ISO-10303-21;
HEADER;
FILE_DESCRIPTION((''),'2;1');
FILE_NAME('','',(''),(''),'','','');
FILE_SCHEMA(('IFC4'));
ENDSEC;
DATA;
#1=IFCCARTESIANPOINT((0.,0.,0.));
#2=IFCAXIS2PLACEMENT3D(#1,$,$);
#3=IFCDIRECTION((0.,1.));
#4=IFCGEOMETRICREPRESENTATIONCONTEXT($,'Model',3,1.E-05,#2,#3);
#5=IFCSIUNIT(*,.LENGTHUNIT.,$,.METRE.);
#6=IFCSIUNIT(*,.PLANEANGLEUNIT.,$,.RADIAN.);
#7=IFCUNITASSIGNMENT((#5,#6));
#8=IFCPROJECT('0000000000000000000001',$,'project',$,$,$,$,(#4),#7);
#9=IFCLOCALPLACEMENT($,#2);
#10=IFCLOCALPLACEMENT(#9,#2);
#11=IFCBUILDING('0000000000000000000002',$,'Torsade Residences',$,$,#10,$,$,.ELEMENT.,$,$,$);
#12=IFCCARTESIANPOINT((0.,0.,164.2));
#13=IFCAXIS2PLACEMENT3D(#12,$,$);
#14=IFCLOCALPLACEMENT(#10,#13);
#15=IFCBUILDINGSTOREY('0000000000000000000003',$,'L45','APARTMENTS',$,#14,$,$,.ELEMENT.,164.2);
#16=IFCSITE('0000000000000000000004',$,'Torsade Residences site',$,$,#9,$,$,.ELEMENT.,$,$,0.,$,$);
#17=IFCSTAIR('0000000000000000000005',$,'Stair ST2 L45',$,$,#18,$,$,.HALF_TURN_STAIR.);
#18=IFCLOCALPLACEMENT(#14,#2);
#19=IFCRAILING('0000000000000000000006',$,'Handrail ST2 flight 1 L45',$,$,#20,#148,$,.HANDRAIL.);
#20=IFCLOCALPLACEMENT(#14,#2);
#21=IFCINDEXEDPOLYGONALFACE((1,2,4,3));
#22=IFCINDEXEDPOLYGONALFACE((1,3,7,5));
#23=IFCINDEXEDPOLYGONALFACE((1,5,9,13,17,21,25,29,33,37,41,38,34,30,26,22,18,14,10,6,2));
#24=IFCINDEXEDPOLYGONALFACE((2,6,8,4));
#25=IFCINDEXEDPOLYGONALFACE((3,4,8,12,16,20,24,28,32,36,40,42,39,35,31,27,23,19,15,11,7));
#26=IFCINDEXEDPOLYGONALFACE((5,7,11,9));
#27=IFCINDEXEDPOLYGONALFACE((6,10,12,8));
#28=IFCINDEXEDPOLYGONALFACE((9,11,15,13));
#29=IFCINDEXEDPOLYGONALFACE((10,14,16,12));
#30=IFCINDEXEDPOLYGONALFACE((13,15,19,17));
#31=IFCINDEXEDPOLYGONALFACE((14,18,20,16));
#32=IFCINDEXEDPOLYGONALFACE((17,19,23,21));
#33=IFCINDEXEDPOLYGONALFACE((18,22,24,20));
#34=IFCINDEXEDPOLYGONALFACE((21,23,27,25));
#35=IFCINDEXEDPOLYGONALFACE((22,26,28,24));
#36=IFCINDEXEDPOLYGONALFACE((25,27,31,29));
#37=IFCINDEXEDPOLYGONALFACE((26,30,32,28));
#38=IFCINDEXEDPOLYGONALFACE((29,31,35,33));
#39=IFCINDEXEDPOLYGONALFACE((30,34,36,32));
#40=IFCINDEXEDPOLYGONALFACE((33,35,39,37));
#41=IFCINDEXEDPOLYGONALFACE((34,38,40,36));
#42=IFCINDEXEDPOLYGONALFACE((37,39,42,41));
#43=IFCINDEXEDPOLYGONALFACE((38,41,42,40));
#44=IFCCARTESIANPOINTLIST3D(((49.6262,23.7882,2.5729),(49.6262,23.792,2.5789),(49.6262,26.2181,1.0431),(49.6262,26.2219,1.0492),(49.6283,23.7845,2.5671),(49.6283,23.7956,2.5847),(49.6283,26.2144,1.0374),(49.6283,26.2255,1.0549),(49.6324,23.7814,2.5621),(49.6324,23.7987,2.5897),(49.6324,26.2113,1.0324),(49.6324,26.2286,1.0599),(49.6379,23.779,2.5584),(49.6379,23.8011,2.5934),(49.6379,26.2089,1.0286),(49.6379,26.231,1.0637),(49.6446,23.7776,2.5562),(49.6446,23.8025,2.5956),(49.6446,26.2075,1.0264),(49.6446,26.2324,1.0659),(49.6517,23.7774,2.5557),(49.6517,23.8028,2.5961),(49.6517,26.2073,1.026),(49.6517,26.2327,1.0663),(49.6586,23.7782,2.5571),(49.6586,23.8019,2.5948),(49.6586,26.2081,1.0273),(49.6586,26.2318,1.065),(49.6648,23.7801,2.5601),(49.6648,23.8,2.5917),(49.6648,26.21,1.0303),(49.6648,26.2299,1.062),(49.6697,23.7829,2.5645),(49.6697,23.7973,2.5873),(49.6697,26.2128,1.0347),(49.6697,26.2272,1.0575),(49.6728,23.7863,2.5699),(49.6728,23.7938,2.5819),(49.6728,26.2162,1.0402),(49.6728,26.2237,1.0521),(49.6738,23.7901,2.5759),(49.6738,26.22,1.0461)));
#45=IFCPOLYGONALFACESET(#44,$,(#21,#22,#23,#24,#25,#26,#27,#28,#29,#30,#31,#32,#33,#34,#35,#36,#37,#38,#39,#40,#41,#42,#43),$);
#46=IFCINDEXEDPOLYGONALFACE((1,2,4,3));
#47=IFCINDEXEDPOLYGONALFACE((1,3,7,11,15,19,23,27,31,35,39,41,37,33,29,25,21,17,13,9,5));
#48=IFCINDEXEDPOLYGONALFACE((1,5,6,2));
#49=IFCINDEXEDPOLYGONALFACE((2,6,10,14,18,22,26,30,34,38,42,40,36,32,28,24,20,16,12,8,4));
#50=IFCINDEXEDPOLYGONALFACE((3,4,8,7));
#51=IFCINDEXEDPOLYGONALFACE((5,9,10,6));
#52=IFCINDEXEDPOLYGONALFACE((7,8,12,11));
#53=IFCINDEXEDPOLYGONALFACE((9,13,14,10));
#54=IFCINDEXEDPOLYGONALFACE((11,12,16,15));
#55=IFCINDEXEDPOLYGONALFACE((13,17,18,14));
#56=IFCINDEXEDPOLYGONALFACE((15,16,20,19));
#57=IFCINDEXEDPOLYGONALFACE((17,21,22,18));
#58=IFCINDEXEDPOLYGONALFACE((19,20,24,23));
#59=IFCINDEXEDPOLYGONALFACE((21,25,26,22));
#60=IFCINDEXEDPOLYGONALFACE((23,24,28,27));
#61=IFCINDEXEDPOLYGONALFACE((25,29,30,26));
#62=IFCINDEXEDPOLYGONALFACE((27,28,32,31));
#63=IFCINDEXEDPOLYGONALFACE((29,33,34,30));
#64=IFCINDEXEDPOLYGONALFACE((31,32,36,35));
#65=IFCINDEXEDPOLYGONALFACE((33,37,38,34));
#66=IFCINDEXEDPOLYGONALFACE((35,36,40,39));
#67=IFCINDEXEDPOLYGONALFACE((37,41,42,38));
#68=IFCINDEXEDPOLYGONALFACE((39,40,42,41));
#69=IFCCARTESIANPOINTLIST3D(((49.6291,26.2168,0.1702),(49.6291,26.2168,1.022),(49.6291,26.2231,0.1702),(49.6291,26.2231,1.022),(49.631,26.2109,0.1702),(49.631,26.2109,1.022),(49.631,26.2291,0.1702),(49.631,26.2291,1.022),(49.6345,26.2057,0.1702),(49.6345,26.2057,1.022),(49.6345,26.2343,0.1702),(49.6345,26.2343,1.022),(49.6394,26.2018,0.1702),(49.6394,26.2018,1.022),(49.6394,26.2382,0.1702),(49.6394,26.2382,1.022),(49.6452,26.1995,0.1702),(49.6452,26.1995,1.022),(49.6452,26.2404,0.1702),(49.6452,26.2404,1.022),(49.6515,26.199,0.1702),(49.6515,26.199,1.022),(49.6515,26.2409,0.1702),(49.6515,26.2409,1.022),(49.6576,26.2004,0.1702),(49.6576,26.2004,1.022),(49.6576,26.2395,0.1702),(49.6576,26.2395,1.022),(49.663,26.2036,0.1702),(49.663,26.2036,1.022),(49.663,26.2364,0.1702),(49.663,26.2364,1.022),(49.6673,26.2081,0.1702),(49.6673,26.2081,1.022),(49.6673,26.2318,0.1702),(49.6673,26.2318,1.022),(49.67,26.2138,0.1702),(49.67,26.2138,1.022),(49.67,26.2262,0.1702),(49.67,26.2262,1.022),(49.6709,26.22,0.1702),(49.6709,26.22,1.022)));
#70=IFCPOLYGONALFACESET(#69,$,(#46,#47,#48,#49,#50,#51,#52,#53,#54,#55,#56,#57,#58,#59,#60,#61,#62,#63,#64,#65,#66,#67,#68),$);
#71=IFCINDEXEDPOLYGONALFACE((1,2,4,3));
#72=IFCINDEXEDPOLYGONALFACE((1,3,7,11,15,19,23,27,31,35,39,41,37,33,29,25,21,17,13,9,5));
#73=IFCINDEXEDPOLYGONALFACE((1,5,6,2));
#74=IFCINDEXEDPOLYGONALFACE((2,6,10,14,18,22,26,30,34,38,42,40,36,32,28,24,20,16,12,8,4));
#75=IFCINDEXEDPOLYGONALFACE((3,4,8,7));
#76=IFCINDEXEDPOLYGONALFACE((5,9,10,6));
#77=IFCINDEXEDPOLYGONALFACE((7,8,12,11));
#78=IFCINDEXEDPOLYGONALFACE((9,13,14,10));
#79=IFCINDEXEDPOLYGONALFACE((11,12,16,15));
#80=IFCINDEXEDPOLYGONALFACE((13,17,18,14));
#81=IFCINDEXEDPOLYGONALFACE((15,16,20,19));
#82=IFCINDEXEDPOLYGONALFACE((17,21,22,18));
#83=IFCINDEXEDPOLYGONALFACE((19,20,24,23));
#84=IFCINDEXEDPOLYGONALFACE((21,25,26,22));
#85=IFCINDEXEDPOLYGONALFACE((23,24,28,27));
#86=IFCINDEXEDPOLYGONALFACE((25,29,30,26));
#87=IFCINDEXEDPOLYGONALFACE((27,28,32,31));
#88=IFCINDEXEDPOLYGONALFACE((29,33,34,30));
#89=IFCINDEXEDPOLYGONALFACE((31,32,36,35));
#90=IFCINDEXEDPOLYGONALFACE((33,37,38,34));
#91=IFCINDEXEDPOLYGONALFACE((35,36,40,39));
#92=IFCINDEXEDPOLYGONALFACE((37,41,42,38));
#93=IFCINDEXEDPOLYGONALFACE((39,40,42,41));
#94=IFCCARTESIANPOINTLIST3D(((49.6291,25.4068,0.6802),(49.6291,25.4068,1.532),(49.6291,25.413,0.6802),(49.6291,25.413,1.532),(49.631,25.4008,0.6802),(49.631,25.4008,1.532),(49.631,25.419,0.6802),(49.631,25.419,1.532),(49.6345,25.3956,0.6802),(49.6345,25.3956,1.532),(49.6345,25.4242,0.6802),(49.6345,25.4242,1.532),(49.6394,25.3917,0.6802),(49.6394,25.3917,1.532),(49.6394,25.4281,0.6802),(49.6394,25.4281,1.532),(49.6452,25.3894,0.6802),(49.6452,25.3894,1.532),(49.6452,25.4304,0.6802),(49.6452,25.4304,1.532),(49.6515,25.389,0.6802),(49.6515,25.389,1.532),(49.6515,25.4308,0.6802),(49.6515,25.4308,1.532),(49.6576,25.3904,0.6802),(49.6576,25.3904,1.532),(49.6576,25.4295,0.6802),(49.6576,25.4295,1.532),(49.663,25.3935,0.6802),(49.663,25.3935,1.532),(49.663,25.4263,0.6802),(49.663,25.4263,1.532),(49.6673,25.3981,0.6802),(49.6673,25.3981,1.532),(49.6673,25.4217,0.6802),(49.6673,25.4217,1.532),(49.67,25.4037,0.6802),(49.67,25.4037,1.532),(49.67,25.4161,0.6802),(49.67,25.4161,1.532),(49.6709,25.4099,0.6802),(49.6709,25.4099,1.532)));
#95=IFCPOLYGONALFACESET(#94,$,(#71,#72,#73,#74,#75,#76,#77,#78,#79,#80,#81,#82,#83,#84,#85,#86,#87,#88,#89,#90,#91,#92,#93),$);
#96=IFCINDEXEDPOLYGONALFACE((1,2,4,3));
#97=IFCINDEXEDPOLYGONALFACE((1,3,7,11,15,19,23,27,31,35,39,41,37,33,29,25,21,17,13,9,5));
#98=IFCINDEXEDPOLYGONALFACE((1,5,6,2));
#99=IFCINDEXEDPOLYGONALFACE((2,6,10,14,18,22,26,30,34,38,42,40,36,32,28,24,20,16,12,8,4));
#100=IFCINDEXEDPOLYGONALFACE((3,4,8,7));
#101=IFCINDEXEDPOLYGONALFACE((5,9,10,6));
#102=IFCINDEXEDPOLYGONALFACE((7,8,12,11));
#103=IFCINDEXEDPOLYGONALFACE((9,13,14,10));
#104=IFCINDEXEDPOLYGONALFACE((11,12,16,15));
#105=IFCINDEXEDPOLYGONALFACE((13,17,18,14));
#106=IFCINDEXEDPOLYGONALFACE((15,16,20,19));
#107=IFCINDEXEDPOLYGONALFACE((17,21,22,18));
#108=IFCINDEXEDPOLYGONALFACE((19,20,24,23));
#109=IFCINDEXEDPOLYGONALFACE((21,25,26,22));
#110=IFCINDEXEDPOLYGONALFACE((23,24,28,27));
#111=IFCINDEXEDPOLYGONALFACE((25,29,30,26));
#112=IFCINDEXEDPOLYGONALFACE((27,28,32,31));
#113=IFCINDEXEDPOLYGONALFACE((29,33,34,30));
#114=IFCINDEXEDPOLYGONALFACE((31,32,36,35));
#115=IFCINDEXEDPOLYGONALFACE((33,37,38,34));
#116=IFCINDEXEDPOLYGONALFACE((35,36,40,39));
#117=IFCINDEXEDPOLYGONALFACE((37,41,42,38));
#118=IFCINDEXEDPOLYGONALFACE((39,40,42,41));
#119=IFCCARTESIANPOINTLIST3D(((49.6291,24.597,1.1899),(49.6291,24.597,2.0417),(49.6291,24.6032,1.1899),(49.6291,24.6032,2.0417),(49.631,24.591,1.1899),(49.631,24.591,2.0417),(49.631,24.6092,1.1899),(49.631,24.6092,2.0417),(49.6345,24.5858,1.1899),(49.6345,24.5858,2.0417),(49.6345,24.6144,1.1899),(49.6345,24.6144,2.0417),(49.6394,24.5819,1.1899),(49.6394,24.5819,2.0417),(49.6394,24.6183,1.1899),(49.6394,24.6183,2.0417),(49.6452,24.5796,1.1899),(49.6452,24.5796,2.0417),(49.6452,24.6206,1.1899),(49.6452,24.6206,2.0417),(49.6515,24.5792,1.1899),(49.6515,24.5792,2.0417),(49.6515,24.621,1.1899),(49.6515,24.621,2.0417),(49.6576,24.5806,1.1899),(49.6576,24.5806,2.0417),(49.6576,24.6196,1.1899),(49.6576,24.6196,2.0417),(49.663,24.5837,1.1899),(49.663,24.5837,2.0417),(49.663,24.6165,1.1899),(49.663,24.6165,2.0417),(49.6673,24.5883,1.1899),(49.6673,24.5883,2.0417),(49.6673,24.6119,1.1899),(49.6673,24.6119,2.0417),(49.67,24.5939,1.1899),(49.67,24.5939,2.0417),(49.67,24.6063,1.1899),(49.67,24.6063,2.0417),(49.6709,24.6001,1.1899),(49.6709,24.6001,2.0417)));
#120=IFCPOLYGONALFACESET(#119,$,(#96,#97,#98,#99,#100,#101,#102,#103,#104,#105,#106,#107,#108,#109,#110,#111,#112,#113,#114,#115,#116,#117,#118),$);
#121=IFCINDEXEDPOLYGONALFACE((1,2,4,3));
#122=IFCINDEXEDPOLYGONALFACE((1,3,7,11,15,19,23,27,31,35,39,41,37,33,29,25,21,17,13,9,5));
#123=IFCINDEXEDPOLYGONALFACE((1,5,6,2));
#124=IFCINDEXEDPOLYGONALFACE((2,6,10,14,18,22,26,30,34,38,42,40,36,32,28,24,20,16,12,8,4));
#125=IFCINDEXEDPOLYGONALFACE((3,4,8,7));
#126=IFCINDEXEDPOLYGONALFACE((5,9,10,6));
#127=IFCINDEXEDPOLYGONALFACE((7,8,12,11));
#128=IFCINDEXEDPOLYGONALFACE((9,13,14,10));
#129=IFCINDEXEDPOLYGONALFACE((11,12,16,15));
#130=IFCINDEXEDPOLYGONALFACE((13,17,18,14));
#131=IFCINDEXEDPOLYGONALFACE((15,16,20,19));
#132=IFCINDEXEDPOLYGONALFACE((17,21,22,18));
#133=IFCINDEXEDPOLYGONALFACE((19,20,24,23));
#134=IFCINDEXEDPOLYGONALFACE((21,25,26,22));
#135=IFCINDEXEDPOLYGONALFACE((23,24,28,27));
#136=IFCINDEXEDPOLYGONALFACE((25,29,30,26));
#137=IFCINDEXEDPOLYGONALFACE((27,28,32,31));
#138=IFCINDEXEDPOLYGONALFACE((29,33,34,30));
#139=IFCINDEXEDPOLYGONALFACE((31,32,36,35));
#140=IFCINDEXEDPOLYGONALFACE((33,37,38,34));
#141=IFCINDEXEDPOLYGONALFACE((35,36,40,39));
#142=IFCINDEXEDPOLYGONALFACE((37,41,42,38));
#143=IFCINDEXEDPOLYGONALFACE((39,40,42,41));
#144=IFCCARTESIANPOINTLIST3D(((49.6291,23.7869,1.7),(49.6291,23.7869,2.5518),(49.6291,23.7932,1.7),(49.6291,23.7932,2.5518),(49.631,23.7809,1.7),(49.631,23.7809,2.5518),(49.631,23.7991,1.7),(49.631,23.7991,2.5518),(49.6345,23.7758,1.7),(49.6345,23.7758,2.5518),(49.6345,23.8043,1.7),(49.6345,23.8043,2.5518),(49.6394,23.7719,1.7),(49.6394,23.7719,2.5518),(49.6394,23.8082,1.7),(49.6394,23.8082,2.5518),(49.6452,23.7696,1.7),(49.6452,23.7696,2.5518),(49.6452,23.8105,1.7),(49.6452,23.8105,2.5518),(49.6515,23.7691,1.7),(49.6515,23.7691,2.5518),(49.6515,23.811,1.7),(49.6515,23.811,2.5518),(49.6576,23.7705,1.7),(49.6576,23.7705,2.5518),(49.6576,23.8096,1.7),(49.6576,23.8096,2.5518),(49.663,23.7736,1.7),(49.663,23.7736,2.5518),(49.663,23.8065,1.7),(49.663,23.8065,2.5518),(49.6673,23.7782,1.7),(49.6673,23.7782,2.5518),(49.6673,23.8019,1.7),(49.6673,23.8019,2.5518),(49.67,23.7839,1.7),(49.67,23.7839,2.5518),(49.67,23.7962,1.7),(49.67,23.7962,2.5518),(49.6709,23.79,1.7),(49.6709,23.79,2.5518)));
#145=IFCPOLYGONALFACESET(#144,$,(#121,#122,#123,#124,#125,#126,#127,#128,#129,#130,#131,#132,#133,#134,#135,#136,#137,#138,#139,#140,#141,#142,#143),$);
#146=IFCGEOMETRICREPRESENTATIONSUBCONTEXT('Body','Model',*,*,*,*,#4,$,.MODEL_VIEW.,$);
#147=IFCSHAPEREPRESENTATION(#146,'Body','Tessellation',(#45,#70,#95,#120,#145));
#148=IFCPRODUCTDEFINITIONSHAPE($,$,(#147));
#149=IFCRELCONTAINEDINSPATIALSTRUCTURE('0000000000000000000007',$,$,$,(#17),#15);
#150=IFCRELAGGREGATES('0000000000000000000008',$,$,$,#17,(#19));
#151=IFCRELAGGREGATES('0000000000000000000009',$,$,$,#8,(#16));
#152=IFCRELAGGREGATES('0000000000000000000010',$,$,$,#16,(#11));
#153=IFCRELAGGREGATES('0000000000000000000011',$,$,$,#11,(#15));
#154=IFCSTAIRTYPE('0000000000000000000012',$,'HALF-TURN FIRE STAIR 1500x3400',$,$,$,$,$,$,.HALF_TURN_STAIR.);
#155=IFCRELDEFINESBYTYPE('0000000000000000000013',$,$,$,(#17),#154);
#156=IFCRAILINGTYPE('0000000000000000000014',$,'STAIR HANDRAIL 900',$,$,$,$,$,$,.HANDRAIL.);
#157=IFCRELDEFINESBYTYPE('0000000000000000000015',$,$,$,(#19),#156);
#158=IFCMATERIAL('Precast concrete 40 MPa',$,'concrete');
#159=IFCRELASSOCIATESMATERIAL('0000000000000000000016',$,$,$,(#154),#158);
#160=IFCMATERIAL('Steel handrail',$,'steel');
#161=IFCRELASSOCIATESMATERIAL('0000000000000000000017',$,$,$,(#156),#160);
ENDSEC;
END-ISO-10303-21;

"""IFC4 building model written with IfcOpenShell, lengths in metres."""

from ifc_helpers import new_model, si_unit, direction, frame, origin, origin_2d, place, context, subcontext, project, spatial, circle, extrude, material, type_object, element, aggregate, save


model = new_model("IFC4")

# Units and contexts
model_context = context("Model", 3, precision=1e-05, world=origin(), true_north=direction((0.0, 1.0)))
body_context = subcontext(model_context, "Body", "Model", "MODEL_VIEW")
ifc_project = project(units=[si_unit("LENGTHUNIT", "METRE"), si_unit("PLANEANGLEUNIT", "RADIAN")], contexts=[model_context])

# Site, building, storey
site_placement = place(None, origin())
site = spatial("IfcSite", under=ifc_project, at=site_placement, Name="Torsade Residences site", CompositionType="ELEMENT", RefElevation=0.0)
building_placement = place(site_placement, origin())
building = spatial("IfcBuilding", under=site, at=building_placement, Name="Torsade Residences", CompositionType="ELEMENT")
storey_placement = place(building_placement, frame((0.0, 0.0, 164.2)))
storey = spatial("IfcBuildingStorey", under=building, at=storey_placement, Name="L45", Description="APARTMENTS", CompositionType="ELEMENT", Elevation=164.2)

# Stair, railing
ifc_material_1 = material(Name="Precast concrete 40 MPa", Category="concrete")
stair_type = type_object("IfcStairType", Name="HALF-TURN FIRE STAIR 1500x3400", PredefinedType="HALF_TURN_STAIR", material=ifc_material_1)
stair_placement = place(storey_placement, origin())
stair = element("IfcStair", 1, at=stair_placement, inside=storey, type_object=stair_type, Name="Stair ST2 L45", PredefinedType="HALF_TURN_STAIR")
ifc_material_2 = material(Name="Steel handrail", Category="steel")
railing_type = type_object("IfcRailingType", Name="STAIR HANDRAIL 900", PredefinedType="HANDRAIL", material=ifc_material_2)
railing_1_placement = place(storey_placement, frame((49.6499, 26.22, 0.1702)))
railing_1 = element("IfcRailing", 2, at=railing_1_placement, type_object=railing_type, Name="Handrail ST2 flight 1 L45", PredefinedType="HANDRAIL", context=body_context, shape_type="SweptSolid", body=[
    extrude(circle(Radius=0.0239, at=origin_2d()), frame((0.0, 0.0, 0.876), z_axis=(0.0, -0.84626, 0.53277), x_axis=(1.0, 0.0, 0.0)), (0.0, 0.0, 1.0), 2.8713),
    extrude(circle(Radius=0.021, at=origin_2d()), origin(), (0.0, 0.0, 1.0), 0.8518),
    extrude(circle(Radius=0.021, at=origin_2d()), frame((0.0, -0.8101, 0.51)), (0.0, 0.0, 1.0), 0.8518),
    extrude(circle(Radius=0.021, at=origin_2d()), frame((0.0, -1.6199, 1.0198)), (0.0, 0.0, 1.0), 0.8518),
    extrude(circle(Radius=0.021, at=origin_2d()), frame((0.0, -2.4299, 1.5298)), (0.0, 0.0, 1.0), 0.8518),
])
aggregate(stair, [railing_1])

save(model, "model.ifc")
